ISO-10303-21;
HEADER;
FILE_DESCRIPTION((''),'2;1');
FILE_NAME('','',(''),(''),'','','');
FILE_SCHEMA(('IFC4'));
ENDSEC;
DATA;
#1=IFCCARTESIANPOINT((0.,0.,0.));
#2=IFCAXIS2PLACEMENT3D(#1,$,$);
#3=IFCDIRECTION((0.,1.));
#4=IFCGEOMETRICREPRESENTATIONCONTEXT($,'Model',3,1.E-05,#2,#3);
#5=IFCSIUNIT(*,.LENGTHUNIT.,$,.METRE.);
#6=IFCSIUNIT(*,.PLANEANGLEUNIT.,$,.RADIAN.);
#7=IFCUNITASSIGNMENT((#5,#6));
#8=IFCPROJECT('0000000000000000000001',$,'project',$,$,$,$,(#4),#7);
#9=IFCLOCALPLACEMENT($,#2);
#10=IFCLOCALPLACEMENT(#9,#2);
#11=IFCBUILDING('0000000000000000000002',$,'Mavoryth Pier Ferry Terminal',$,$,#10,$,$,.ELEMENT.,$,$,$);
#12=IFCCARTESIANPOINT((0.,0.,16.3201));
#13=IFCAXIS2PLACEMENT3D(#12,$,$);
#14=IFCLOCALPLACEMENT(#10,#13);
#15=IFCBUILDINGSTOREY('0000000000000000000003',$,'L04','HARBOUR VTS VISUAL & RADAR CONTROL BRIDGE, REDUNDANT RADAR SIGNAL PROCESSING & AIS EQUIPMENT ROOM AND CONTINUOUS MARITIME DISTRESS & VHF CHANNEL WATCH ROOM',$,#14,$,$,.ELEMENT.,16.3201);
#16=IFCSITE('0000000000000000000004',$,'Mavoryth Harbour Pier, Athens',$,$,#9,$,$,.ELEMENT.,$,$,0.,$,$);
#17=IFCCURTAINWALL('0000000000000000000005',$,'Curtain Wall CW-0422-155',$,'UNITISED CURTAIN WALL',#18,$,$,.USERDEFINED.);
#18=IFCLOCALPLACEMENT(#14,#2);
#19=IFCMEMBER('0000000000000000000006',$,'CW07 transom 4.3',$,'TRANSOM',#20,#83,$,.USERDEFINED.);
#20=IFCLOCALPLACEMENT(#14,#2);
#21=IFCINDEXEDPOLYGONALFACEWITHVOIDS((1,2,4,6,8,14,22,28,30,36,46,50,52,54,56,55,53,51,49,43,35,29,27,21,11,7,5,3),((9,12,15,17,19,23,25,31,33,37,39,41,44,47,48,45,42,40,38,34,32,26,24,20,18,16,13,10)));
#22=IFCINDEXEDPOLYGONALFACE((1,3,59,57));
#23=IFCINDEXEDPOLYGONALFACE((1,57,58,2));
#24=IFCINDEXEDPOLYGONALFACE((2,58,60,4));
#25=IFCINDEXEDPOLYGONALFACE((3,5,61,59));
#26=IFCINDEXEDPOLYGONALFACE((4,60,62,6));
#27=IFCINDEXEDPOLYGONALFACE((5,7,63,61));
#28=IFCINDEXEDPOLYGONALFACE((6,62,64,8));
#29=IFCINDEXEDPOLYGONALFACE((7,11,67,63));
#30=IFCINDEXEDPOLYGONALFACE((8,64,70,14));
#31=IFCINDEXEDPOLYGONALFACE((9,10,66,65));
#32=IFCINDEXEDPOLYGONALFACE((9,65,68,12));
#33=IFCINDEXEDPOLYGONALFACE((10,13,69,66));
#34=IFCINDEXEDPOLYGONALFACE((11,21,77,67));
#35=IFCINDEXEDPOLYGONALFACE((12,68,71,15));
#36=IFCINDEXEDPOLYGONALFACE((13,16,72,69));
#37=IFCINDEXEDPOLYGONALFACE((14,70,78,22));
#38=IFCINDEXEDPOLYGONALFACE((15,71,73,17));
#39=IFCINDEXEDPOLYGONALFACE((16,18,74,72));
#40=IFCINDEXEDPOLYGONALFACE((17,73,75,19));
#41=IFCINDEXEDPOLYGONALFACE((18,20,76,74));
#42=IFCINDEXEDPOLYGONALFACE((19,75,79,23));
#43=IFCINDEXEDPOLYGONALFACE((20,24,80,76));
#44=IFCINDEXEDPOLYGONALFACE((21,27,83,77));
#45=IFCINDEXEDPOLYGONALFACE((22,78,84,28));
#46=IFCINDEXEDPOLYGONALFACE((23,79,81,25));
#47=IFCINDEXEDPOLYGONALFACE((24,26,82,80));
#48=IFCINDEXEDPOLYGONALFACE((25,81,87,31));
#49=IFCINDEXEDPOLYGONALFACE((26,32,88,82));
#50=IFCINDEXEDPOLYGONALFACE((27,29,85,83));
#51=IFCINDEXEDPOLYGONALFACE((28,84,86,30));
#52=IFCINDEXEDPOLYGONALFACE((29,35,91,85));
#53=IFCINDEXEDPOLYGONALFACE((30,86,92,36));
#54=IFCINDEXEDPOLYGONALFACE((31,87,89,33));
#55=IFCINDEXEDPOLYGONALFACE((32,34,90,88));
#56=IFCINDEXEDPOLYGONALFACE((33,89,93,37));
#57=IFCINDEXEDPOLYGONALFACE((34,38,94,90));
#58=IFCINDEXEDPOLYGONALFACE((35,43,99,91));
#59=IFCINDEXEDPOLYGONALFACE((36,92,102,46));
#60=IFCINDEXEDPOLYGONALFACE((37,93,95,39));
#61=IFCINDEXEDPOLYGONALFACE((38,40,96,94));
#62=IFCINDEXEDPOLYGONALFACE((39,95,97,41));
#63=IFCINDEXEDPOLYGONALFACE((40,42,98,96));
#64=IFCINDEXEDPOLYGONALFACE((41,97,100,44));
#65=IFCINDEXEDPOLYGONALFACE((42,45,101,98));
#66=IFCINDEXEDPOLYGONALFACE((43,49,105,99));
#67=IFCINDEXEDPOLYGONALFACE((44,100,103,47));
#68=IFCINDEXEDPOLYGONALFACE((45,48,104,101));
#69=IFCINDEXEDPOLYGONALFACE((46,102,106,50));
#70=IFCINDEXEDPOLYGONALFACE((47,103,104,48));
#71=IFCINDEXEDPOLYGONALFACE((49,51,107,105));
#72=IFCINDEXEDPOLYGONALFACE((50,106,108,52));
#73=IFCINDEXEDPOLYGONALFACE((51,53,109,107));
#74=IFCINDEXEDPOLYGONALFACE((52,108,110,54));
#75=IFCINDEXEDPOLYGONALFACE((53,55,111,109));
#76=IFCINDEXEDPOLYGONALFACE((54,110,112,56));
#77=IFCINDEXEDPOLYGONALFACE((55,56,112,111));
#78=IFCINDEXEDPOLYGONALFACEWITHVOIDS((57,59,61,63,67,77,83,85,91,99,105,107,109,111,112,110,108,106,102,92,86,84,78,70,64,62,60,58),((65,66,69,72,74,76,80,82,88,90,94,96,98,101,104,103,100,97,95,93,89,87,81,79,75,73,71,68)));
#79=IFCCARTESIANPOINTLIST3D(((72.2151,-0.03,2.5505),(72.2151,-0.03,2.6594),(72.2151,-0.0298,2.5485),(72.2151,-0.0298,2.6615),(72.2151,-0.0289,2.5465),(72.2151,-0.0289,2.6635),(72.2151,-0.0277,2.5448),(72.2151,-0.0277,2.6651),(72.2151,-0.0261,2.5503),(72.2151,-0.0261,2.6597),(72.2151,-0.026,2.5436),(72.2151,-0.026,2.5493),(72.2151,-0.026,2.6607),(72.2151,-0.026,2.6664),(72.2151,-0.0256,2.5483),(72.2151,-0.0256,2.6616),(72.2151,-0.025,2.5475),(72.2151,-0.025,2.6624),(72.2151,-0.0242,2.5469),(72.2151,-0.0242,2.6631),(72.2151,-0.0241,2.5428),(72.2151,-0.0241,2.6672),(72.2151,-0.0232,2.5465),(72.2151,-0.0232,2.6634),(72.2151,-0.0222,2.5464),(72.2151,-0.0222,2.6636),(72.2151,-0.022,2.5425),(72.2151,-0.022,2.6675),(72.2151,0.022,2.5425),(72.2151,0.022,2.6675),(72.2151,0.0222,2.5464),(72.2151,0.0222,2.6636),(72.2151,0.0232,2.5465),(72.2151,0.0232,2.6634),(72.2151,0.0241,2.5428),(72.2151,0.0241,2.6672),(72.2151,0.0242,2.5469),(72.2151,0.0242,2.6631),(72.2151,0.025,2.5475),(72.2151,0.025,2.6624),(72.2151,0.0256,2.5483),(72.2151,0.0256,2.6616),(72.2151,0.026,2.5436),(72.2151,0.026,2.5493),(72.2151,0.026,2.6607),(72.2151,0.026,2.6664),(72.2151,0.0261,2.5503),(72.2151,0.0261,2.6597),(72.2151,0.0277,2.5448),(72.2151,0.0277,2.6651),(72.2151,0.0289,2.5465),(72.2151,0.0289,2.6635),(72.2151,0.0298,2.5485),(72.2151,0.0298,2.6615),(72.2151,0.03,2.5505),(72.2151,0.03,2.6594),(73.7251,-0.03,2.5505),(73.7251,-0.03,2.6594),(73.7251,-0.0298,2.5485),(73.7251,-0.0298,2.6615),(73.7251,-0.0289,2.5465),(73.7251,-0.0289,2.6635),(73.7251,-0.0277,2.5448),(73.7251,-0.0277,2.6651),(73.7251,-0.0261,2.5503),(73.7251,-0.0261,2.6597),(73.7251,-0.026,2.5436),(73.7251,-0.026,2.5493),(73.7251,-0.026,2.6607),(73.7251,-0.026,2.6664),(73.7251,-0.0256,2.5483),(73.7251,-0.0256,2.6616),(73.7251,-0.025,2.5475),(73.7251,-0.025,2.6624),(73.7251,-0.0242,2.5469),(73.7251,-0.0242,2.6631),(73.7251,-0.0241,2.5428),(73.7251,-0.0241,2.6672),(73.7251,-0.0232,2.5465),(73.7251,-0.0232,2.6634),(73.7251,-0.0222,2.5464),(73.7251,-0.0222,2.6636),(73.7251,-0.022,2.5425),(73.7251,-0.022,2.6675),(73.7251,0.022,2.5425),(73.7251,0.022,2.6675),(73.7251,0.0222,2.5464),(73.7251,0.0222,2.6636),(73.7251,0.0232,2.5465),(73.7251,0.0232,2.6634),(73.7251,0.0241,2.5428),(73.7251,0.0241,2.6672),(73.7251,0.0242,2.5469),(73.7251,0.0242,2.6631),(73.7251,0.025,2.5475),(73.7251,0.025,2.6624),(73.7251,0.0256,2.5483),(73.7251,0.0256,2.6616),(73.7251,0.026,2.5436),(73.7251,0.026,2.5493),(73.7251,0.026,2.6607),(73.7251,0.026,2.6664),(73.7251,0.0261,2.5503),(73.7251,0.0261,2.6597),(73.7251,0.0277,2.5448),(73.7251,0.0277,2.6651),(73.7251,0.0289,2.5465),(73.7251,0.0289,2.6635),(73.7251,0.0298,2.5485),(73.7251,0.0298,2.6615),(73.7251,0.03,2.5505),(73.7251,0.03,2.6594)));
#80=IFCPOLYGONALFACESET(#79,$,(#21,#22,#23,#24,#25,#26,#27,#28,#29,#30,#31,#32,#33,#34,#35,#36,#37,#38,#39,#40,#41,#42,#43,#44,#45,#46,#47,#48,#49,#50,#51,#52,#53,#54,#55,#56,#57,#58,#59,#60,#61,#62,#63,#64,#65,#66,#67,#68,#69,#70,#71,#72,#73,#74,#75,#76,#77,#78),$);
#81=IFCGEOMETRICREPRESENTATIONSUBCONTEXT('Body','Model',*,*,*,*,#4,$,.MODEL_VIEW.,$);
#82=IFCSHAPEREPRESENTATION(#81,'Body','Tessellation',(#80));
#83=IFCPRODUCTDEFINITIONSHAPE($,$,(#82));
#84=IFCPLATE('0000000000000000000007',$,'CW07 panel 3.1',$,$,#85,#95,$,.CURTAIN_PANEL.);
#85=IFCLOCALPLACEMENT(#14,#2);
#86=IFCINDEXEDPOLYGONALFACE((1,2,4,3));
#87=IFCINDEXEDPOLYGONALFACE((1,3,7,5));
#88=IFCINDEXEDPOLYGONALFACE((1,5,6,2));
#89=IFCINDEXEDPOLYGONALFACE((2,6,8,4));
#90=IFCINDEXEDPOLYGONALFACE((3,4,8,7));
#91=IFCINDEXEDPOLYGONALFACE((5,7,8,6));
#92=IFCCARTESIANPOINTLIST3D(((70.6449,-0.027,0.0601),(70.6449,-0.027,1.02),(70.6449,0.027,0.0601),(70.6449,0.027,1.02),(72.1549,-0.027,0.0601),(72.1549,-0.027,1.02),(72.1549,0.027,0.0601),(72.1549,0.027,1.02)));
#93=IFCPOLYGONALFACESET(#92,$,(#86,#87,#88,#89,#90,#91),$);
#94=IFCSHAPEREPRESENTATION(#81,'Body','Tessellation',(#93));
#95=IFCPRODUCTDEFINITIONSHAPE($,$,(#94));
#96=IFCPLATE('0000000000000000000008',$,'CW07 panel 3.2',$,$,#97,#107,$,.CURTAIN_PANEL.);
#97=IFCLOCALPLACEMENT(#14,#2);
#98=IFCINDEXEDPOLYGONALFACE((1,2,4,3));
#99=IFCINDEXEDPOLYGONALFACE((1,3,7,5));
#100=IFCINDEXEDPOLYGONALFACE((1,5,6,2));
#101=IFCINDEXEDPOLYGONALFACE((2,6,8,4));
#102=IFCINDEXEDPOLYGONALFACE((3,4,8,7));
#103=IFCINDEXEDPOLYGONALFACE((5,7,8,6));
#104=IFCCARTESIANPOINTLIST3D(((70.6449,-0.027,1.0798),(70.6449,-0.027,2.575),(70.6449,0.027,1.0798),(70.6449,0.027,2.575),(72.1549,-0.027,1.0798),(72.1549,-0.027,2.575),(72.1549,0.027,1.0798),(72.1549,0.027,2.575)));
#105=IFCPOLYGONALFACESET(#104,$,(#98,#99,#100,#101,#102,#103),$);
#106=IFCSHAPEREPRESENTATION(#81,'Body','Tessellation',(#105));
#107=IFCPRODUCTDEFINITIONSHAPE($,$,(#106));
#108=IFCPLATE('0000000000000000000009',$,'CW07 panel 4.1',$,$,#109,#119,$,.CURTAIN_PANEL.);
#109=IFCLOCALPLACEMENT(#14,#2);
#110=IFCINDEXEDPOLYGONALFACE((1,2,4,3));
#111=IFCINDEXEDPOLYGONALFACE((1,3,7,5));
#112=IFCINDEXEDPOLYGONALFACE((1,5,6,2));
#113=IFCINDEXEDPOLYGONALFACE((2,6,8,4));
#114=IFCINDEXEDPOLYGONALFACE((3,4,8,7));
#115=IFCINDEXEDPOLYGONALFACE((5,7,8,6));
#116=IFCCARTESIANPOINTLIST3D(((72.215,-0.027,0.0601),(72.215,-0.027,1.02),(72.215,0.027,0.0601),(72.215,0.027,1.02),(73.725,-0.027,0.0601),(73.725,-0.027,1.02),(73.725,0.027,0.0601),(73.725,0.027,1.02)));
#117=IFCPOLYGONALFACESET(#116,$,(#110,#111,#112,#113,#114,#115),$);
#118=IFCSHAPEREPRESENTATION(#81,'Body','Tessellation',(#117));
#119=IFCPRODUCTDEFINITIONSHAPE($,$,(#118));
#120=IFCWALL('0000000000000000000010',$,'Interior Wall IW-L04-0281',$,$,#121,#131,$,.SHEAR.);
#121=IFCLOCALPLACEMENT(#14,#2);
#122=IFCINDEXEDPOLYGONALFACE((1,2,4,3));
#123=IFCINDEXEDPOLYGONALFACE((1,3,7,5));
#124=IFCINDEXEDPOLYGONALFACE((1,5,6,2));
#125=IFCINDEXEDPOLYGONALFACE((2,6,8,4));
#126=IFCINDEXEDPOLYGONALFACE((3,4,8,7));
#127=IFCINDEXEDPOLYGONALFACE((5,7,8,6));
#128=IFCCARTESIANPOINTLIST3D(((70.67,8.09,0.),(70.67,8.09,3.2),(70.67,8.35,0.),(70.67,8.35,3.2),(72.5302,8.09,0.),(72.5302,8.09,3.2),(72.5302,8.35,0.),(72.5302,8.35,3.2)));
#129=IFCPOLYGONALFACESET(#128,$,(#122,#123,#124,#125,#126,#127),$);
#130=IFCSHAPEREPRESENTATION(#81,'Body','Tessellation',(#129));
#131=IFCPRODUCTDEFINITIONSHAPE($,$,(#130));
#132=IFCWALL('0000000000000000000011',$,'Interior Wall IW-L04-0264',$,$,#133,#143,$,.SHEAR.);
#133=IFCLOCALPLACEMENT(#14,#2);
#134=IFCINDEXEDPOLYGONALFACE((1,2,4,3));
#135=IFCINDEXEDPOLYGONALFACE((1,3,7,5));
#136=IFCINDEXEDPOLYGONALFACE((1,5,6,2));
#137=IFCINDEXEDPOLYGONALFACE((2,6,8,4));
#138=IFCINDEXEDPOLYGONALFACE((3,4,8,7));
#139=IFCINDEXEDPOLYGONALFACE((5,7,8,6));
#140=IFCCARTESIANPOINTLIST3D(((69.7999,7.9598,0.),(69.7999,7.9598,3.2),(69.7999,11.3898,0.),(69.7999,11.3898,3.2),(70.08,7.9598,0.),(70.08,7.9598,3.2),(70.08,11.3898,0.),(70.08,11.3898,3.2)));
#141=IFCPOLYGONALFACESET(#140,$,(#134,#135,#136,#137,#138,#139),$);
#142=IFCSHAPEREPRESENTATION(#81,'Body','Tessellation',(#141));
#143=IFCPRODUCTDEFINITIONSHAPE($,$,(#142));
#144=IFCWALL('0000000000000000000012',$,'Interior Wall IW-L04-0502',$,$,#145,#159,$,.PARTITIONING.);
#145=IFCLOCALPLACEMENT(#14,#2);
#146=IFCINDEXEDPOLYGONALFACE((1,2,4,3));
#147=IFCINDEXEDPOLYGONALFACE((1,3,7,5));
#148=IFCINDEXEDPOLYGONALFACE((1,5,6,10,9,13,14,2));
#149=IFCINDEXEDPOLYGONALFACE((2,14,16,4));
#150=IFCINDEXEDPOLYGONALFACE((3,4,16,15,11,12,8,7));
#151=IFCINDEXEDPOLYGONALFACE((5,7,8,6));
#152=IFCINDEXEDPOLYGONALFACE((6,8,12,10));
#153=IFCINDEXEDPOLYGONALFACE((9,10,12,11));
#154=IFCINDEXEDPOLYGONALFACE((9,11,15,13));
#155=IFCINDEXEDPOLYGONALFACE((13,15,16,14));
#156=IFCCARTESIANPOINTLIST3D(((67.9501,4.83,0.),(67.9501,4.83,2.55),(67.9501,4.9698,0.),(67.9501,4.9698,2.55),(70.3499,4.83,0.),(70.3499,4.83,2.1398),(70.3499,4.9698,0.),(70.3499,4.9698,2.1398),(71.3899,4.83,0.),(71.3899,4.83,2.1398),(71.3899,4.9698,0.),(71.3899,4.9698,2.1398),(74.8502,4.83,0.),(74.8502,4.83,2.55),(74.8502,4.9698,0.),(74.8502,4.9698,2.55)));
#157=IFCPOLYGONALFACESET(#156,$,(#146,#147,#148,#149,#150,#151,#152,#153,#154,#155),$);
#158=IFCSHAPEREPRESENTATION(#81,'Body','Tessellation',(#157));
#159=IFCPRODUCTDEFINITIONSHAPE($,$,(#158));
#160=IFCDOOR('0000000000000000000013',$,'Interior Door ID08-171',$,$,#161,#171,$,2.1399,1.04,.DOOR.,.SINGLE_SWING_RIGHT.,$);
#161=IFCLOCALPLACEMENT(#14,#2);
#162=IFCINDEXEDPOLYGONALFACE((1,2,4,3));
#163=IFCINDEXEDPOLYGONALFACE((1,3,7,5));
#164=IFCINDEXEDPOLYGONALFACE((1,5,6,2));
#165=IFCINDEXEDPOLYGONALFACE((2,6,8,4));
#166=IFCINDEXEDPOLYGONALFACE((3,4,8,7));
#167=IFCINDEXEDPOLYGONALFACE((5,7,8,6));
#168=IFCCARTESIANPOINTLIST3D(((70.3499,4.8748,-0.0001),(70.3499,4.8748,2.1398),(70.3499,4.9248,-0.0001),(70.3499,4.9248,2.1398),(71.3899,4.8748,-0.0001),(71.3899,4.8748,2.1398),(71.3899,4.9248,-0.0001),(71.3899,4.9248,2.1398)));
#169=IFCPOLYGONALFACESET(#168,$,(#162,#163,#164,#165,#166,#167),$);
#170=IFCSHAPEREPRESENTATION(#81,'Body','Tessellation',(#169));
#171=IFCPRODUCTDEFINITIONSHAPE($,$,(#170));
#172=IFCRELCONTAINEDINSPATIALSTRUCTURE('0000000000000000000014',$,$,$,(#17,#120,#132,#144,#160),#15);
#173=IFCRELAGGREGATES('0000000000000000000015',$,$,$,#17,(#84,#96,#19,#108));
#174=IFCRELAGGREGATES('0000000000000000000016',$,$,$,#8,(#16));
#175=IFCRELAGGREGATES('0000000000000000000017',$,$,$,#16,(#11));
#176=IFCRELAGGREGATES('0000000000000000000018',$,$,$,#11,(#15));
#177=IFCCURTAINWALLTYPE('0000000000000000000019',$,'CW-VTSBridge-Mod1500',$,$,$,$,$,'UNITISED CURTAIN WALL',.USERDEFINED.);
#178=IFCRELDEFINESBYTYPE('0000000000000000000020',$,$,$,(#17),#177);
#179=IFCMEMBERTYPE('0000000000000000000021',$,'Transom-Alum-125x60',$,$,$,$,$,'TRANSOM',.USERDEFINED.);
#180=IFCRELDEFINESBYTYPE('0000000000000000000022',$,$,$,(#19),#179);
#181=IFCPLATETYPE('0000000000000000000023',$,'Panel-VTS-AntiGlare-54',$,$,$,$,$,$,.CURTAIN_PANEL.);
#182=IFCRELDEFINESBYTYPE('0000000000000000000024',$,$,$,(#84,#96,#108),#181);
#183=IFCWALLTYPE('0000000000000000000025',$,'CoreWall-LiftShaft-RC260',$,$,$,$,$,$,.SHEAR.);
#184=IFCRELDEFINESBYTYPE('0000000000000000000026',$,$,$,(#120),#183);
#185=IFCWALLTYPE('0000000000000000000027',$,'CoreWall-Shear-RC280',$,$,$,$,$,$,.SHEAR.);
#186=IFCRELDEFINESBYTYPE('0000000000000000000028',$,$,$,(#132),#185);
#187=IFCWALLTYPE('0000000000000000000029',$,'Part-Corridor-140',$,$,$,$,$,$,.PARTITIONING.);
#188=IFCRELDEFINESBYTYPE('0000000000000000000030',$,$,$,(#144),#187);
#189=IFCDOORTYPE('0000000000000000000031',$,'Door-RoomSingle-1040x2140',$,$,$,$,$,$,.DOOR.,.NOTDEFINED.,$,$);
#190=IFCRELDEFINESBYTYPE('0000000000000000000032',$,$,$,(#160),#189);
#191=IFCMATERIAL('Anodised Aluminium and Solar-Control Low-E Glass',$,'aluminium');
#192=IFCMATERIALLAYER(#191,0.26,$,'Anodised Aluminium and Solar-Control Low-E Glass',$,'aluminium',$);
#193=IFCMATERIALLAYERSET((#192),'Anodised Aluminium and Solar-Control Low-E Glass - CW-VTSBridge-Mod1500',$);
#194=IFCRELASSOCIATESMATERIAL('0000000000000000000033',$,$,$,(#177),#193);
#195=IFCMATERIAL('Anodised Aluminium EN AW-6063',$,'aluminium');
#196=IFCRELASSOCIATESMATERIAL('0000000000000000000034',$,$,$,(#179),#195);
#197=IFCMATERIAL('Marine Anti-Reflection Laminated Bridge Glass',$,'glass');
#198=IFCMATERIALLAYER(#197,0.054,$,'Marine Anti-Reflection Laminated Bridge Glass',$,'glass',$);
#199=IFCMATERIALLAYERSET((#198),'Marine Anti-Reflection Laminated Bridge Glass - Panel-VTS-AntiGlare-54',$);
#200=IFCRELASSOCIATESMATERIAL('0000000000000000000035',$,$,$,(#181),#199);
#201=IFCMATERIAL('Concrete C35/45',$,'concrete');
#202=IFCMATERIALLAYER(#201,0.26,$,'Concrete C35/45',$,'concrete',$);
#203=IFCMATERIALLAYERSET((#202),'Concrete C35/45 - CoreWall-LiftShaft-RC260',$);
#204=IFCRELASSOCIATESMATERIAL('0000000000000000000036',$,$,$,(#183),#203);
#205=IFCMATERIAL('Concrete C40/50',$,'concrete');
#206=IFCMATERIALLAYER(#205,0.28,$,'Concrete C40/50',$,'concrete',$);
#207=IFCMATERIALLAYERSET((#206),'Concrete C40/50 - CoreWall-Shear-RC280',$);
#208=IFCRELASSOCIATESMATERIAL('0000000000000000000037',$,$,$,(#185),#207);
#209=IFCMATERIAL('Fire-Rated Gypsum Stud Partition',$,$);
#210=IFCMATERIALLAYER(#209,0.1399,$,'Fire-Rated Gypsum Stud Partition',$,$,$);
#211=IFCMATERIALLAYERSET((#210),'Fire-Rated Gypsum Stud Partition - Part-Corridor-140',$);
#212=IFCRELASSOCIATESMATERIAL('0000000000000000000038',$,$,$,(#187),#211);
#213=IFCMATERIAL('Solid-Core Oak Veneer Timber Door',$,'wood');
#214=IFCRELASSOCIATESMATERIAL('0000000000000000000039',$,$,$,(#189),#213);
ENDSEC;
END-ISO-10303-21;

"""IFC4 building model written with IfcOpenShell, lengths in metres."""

from ifc_helpers import new_model, si_unit, direction, frame, frame_2d, origin, origin_2d, place, context, subcontext, project, spatial, rectangle, hollow_rectangle, extrude, material, layer, layer_set, material_profile, profile_set, type_object, element, fill, aggregate, save


model = new_model("IFC4")

# Units and contexts
model_context = context("Model", 3, precision=1e-05, world=origin(), true_north=direction((0.0, 1.0)))
body_context = subcontext(model_context, "Body", "Model", "MODEL_VIEW")
ifc_project = project(units=[si_unit("LENGTHUNIT", "METRE"), si_unit("PLANEANGLEUNIT", "RADIAN")], contexts=[model_context])

# Site, building, storey
site_placement = place(None, origin())
site = spatial("IfcSite", under=ifc_project, at=site_placement, Name="Mavoryth Harbour Pier, Athens", CompositionType="ELEMENT", RefElevation=0.0)
building_placement = place(site_placement, origin())
building = spatial("IfcBuilding", under=site, at=building_placement, Name="Mavoryth Pier Ferry Terminal", CompositionType="ELEMENT")
storey_placement = place(building_placement, frame((0.0, 0.0, 16.3201)))
storey = spatial("IfcBuildingStorey", under=building, at=storey_placement, Name="L04", Description="HARBOUR VTS VISUAL & RADAR CONTROL BRIDGE, REDUNDANT RADAR SIGNAL PROCESSING & AIS EQUIPMENT ROOM AND CONTINUOUS MARITIME DISTRESS & VHF CHANNEL WATCH ROOM", CompositionType="ELEMENT", Elevation=16.3201)

# Shared definitions
ifc_material_1 = material(Name="Concrete C40/50", Category="concrete")

# Shared definitions
ifc_material_2 = material(Name="Concrete C35/45", Category="concrete")

# Curtain wall, member, plates
ifc_material_3 = material(Name="Anodised Aluminium and Solar-Control Low-E Glass", Category="aluminium")
ifc_layer_1 = layer(ifc_material_3, 0.26, Name="Anodised Aluminium and Solar-Control Low-E Glass", Category="aluminium")
ifc_layer_set_1 = layer_set([ifc_layer_1], Name="Anodised Aluminium and Solar-Control Low-E Glass - CW-VTSBridge-Mod1500")
curtain_wall_type = type_object("IfcCurtainWallType", Name="CW-VTSBridge-Mod1500", ElementType="UNITISED CURTAIN WALL", PredefinedType="USERDEFINED", material=ifc_layer_set_1)
curtain_wall_placement = place(storey_placement, origin())
curtain_wall = element("IfcCurtainWall", 1, at=curtain_wall_placement, inside=storey, type_object=curtain_wall_type, Name="Curtain Wall CW-0422-155", ObjectType="UNITISED CURTAIN WALL", PredefinedType="USERDEFINED")
ifc_material_4 = material(Name="Anodised Aluminium EN AW-6063", Category="aluminium")
ifc_material_profile_1 = material_profile(ifc_material_4, hollow_rectangle(XDim=0.0601, YDim=0.125, WallThickness=0.0039, InnerFilletRadius=0.0039, OuterFilletRadius=0.0081, at=origin_2d()), Name="AL-TRAN 125x60x4", Category="aluminium")
ifc_profile_set_1 = profile_set([ifc_material_profile_1], Name="Anodised Aluminium EN AW-6063 - AL-TRAN 125x60x4")
member_type_1 = type_object("IfcMemberType", Name="Transom-Alum-125x60", ElementType="TRANSOM", PredefinedType="USERDEFINED", material=ifc_profile_set_1)
member_1_placement = place(storey_placement, frame((72.2151, 0.0, 2.605), z_axis=(1.0, 0.0, 0.0), x_axis=(0.0, 1.0, 0.0)))
member_1 = element("IfcMember", 2, at=member_1_placement, type_object=member_type_1, Name="CW07 transom 4.3", ObjectType="TRANSOM", PredefinedType="USERDEFINED", context=body_context, shape_type="SweptSolid", body=[
    extrude(hollow_rectangle(XDim=0.0601, YDim=0.125, WallThickness=0.0039, InnerFilletRadius=0.0039, OuterFilletRadius=0.0081, at=origin_2d()), origin(), (0.0, 0.0, 1.0), 1.51),
])
ifc_material_5 = material(Name="Marine Anti-Reflection Laminated Bridge Glass", Category="glass")
ifc_layer_2 = layer(ifc_material_5, 0.054, Name="Marine Anti-Reflection Laminated Bridge Glass", Category="glass")
ifc_layer_set_2 = layer_set([ifc_layer_2], Name="Marine Anti-Reflection Laminated Bridge Glass - Panel-VTS-AntiGlare-54")
plate_type = type_object("IfcPlateType", Name="Panel-VTS-AntiGlare-54", PredefinedType="CURTAIN_PANEL", material=ifc_layer_set_2)
plate_1_placement = place(storey_placement, frame((71.3999, 0.0, 0.0601), z_axis=(0.0, 0.0, 1.0), x_axis=(1.0, 0.0, 0.0)))
plate_1 = element("IfcPlate", 3, at=plate_1_placement, type_object=plate_type, Name="CW07 panel 3.1", PredefinedType="CURTAIN_PANEL", context=body_context, shape_type="SweptSolid", body=[
    extrude(rectangle(XDim=1.51, YDim=0.054, at=origin_2d()), origin(), (0.0, 0.0, 1.0), 0.96),
])
plate_2_placement = place(storey_placement, frame((71.3999, 0.0, 1.0798), z_axis=(0.0, 0.0, 1.0), x_axis=(1.0, 0.0, 0.0)))
plate_2 = element("IfcPlate", 4, at=plate_2_placement, type_object=plate_type, Name="CW07 panel 3.2", PredefinedType="CURTAIN_PANEL", context=body_context, shape_type="SweptSolid", body=[
    extrude(rectangle(XDim=1.51, YDim=0.054, at=origin_2d()), origin(), (0.0, 0.0, 1.0), 1.4951),
])
plate_3_placement = place(storey_placement, frame((72.97, 0.0, 0.0601), z_axis=(0.0, 0.0, 1.0), x_axis=(1.0, 0.0, 0.0)))
plate_3 = element("IfcPlate", 5, at=plate_3_placement, type_object=plate_type, Name="CW07 panel 4.1", PredefinedType="CURTAIN_PANEL", context=body_context, shape_type="SweptSolid", body=[
    extrude(rectangle(XDim=1.51, YDim=0.054, at=origin_2d()), origin(), (0.0, 0.0, 1.0), 0.96),
])
aggregate(curtain_wall, [plate_1, plate_2, member_1, plate_3])

# Walls
ifc_layer_3 = layer(ifc_material_2, 0.26, Name="Concrete C35/45", Category="concrete")
ifc_layer_set_3 = layer_set([ifc_layer_3], Name="Concrete C35/45 - CoreWall-LiftShaft-RC260")
wall_type_1 = type_object("IfcWallType", Name="CoreWall-LiftShaft-RC260", PredefinedType="SHEAR", material=ifc_layer_set_3)
wall_1_placement = place(storey_placement, frame((70.6699, 8.22, 0.0), z_axis=(0.0, 0.0, 1.0), x_axis=(1.0, 0.0, 0.0)))
element("IfcWall", 6, at=wall_1_placement, inside=storey, type_object=wall_type_1, Name="Interior Wall IW-L04-0281", PredefinedType="SHEAR", context=body_context, shape_type="SweptSolid", body=[
    extrude(rectangle(XDim=1.8601, YDim=0.26, at=frame_2d((0.9302, 0.0))), origin(), (0.0, 0.0, 1.0), 3.2),
])
ifc_layer_4 = layer(ifc_material_1, 0.28, Name="Concrete C40/50", Category="concrete")
ifc_layer_set_4 = layer_set([ifc_layer_4], Name="Concrete C40/50 - CoreWall-Shear-RC280")
wall_type_2 = type_object("IfcWallType", Name="CoreWall-Shear-RC280", PredefinedType="SHEAR", material=ifc_layer_set_4)
wall_2_placement = place(storey_placement, frame((69.9399, 7.96, 0.0), z_axis=(0.0, 0.0, 1.0), x_axis=(0.0, 1.0, 0.0)))
element("IfcWall", 7, at=wall_2_placement, inside=storey, type_object=wall_type_2, Name="Interior Wall IW-L04-0264", PredefinedType="SHEAR", context=body_context, shape_type="SweptSolid", body=[
    extrude(rectangle(XDim=3.4299, YDim=0.28, at=frame_2d((1.7148, 0.0))), origin(), (0.0, 0.0, 1.0), 3.2),
])

# Wall, opening, door
ifc_material_6 = material(Name="Fire-Rated Gypsum Stud Partition")
ifc_layer_5 = layer(ifc_material_6, 0.1399, Name="Fire-Rated Gypsum Stud Partition")
ifc_layer_set_5 = layer_set([ifc_layer_5], Name="Fire-Rated Gypsum Stud Partition - Part-Corridor-140")
wall_type_3 = type_object("IfcWallType", Name="Part-Corridor-140", PredefinedType="PARTITIONING", material=ifc_layer_set_5)
wall_3_placement = place(storey_placement, frame((67.95, 4.8999, 0.0), z_axis=(0.0, 0.0, 1.0), x_axis=(1.0, 0.0, 0.0)))
wall_3 = element("IfcWall", 8, at=wall_3_placement, inside=storey, type_object=wall_type_3, Name="Interior Wall IW-L04-0502", PredefinedType="PARTITIONING", context=body_context, shape_type="SweptSolid", body=[
    extrude(rectangle(XDim=6.9001, YDim=0.1399, at=frame_2d((3.4502, 0.0))), origin(), (0.0, 0.0, 1.0), 2.55),
])
opening_1_placement = place(wall_3_placement, frame((2.3999, 0.0, 0.0)))
opening_1 = element("IfcOpeningElement", 9, at=opening_1_placement, cuts=wall_3, PredefinedType="OPENING", context=body_context, shape_type="SweptSolid", body=[
    extrude(rectangle(XDim=1.04, YDim=2.1399, at=frame_2d((0.52, 1.0698))), frame((0.0, 0.0798, 0.0), z_axis=(0.0, -1.0, 0.0), x_axis=(1.0, 0.0, 0.0)), (0.0, 0.0, 1.0), 0.1599),
])
ifc_material_7 = material(Name="Solid-Core Oak Veneer Timber Door", Category="wood")
door_type_1 = type_object("IfcDoorType", Name="Door-RoomSingle-1040x2140", OperationType="NOTDEFINED", PredefinedType="DOOR", material=ifc_material_7)
door_1_placement = place(opening_1_placement, origin())
door_1 = element("IfcDoor", 10, at=door_1_placement, inside=storey, type_object=door_type_1, Name="Interior Door ID08-171", OperationType="SINGLE_SWING_RIGHT", OverallHeight=2.1399, OverallWidth=1.04, PredefinedType="DOOR", context=body_context, shape_type="SweptSolid", body=[
    extrude(rectangle(XDim=1.04, YDim=2.1399, at=frame_2d((0.52, 1.0698))), frame((0.0, 0.0249, 0.0), z_axis=(0.0, -1.0, 0.0), x_axis=(1.0, 0.0, 0.0)), (0.0, 0.0, 1.0), 0.05),
])
fill(opening_1, door_1)

save(model, "model.ifc")
